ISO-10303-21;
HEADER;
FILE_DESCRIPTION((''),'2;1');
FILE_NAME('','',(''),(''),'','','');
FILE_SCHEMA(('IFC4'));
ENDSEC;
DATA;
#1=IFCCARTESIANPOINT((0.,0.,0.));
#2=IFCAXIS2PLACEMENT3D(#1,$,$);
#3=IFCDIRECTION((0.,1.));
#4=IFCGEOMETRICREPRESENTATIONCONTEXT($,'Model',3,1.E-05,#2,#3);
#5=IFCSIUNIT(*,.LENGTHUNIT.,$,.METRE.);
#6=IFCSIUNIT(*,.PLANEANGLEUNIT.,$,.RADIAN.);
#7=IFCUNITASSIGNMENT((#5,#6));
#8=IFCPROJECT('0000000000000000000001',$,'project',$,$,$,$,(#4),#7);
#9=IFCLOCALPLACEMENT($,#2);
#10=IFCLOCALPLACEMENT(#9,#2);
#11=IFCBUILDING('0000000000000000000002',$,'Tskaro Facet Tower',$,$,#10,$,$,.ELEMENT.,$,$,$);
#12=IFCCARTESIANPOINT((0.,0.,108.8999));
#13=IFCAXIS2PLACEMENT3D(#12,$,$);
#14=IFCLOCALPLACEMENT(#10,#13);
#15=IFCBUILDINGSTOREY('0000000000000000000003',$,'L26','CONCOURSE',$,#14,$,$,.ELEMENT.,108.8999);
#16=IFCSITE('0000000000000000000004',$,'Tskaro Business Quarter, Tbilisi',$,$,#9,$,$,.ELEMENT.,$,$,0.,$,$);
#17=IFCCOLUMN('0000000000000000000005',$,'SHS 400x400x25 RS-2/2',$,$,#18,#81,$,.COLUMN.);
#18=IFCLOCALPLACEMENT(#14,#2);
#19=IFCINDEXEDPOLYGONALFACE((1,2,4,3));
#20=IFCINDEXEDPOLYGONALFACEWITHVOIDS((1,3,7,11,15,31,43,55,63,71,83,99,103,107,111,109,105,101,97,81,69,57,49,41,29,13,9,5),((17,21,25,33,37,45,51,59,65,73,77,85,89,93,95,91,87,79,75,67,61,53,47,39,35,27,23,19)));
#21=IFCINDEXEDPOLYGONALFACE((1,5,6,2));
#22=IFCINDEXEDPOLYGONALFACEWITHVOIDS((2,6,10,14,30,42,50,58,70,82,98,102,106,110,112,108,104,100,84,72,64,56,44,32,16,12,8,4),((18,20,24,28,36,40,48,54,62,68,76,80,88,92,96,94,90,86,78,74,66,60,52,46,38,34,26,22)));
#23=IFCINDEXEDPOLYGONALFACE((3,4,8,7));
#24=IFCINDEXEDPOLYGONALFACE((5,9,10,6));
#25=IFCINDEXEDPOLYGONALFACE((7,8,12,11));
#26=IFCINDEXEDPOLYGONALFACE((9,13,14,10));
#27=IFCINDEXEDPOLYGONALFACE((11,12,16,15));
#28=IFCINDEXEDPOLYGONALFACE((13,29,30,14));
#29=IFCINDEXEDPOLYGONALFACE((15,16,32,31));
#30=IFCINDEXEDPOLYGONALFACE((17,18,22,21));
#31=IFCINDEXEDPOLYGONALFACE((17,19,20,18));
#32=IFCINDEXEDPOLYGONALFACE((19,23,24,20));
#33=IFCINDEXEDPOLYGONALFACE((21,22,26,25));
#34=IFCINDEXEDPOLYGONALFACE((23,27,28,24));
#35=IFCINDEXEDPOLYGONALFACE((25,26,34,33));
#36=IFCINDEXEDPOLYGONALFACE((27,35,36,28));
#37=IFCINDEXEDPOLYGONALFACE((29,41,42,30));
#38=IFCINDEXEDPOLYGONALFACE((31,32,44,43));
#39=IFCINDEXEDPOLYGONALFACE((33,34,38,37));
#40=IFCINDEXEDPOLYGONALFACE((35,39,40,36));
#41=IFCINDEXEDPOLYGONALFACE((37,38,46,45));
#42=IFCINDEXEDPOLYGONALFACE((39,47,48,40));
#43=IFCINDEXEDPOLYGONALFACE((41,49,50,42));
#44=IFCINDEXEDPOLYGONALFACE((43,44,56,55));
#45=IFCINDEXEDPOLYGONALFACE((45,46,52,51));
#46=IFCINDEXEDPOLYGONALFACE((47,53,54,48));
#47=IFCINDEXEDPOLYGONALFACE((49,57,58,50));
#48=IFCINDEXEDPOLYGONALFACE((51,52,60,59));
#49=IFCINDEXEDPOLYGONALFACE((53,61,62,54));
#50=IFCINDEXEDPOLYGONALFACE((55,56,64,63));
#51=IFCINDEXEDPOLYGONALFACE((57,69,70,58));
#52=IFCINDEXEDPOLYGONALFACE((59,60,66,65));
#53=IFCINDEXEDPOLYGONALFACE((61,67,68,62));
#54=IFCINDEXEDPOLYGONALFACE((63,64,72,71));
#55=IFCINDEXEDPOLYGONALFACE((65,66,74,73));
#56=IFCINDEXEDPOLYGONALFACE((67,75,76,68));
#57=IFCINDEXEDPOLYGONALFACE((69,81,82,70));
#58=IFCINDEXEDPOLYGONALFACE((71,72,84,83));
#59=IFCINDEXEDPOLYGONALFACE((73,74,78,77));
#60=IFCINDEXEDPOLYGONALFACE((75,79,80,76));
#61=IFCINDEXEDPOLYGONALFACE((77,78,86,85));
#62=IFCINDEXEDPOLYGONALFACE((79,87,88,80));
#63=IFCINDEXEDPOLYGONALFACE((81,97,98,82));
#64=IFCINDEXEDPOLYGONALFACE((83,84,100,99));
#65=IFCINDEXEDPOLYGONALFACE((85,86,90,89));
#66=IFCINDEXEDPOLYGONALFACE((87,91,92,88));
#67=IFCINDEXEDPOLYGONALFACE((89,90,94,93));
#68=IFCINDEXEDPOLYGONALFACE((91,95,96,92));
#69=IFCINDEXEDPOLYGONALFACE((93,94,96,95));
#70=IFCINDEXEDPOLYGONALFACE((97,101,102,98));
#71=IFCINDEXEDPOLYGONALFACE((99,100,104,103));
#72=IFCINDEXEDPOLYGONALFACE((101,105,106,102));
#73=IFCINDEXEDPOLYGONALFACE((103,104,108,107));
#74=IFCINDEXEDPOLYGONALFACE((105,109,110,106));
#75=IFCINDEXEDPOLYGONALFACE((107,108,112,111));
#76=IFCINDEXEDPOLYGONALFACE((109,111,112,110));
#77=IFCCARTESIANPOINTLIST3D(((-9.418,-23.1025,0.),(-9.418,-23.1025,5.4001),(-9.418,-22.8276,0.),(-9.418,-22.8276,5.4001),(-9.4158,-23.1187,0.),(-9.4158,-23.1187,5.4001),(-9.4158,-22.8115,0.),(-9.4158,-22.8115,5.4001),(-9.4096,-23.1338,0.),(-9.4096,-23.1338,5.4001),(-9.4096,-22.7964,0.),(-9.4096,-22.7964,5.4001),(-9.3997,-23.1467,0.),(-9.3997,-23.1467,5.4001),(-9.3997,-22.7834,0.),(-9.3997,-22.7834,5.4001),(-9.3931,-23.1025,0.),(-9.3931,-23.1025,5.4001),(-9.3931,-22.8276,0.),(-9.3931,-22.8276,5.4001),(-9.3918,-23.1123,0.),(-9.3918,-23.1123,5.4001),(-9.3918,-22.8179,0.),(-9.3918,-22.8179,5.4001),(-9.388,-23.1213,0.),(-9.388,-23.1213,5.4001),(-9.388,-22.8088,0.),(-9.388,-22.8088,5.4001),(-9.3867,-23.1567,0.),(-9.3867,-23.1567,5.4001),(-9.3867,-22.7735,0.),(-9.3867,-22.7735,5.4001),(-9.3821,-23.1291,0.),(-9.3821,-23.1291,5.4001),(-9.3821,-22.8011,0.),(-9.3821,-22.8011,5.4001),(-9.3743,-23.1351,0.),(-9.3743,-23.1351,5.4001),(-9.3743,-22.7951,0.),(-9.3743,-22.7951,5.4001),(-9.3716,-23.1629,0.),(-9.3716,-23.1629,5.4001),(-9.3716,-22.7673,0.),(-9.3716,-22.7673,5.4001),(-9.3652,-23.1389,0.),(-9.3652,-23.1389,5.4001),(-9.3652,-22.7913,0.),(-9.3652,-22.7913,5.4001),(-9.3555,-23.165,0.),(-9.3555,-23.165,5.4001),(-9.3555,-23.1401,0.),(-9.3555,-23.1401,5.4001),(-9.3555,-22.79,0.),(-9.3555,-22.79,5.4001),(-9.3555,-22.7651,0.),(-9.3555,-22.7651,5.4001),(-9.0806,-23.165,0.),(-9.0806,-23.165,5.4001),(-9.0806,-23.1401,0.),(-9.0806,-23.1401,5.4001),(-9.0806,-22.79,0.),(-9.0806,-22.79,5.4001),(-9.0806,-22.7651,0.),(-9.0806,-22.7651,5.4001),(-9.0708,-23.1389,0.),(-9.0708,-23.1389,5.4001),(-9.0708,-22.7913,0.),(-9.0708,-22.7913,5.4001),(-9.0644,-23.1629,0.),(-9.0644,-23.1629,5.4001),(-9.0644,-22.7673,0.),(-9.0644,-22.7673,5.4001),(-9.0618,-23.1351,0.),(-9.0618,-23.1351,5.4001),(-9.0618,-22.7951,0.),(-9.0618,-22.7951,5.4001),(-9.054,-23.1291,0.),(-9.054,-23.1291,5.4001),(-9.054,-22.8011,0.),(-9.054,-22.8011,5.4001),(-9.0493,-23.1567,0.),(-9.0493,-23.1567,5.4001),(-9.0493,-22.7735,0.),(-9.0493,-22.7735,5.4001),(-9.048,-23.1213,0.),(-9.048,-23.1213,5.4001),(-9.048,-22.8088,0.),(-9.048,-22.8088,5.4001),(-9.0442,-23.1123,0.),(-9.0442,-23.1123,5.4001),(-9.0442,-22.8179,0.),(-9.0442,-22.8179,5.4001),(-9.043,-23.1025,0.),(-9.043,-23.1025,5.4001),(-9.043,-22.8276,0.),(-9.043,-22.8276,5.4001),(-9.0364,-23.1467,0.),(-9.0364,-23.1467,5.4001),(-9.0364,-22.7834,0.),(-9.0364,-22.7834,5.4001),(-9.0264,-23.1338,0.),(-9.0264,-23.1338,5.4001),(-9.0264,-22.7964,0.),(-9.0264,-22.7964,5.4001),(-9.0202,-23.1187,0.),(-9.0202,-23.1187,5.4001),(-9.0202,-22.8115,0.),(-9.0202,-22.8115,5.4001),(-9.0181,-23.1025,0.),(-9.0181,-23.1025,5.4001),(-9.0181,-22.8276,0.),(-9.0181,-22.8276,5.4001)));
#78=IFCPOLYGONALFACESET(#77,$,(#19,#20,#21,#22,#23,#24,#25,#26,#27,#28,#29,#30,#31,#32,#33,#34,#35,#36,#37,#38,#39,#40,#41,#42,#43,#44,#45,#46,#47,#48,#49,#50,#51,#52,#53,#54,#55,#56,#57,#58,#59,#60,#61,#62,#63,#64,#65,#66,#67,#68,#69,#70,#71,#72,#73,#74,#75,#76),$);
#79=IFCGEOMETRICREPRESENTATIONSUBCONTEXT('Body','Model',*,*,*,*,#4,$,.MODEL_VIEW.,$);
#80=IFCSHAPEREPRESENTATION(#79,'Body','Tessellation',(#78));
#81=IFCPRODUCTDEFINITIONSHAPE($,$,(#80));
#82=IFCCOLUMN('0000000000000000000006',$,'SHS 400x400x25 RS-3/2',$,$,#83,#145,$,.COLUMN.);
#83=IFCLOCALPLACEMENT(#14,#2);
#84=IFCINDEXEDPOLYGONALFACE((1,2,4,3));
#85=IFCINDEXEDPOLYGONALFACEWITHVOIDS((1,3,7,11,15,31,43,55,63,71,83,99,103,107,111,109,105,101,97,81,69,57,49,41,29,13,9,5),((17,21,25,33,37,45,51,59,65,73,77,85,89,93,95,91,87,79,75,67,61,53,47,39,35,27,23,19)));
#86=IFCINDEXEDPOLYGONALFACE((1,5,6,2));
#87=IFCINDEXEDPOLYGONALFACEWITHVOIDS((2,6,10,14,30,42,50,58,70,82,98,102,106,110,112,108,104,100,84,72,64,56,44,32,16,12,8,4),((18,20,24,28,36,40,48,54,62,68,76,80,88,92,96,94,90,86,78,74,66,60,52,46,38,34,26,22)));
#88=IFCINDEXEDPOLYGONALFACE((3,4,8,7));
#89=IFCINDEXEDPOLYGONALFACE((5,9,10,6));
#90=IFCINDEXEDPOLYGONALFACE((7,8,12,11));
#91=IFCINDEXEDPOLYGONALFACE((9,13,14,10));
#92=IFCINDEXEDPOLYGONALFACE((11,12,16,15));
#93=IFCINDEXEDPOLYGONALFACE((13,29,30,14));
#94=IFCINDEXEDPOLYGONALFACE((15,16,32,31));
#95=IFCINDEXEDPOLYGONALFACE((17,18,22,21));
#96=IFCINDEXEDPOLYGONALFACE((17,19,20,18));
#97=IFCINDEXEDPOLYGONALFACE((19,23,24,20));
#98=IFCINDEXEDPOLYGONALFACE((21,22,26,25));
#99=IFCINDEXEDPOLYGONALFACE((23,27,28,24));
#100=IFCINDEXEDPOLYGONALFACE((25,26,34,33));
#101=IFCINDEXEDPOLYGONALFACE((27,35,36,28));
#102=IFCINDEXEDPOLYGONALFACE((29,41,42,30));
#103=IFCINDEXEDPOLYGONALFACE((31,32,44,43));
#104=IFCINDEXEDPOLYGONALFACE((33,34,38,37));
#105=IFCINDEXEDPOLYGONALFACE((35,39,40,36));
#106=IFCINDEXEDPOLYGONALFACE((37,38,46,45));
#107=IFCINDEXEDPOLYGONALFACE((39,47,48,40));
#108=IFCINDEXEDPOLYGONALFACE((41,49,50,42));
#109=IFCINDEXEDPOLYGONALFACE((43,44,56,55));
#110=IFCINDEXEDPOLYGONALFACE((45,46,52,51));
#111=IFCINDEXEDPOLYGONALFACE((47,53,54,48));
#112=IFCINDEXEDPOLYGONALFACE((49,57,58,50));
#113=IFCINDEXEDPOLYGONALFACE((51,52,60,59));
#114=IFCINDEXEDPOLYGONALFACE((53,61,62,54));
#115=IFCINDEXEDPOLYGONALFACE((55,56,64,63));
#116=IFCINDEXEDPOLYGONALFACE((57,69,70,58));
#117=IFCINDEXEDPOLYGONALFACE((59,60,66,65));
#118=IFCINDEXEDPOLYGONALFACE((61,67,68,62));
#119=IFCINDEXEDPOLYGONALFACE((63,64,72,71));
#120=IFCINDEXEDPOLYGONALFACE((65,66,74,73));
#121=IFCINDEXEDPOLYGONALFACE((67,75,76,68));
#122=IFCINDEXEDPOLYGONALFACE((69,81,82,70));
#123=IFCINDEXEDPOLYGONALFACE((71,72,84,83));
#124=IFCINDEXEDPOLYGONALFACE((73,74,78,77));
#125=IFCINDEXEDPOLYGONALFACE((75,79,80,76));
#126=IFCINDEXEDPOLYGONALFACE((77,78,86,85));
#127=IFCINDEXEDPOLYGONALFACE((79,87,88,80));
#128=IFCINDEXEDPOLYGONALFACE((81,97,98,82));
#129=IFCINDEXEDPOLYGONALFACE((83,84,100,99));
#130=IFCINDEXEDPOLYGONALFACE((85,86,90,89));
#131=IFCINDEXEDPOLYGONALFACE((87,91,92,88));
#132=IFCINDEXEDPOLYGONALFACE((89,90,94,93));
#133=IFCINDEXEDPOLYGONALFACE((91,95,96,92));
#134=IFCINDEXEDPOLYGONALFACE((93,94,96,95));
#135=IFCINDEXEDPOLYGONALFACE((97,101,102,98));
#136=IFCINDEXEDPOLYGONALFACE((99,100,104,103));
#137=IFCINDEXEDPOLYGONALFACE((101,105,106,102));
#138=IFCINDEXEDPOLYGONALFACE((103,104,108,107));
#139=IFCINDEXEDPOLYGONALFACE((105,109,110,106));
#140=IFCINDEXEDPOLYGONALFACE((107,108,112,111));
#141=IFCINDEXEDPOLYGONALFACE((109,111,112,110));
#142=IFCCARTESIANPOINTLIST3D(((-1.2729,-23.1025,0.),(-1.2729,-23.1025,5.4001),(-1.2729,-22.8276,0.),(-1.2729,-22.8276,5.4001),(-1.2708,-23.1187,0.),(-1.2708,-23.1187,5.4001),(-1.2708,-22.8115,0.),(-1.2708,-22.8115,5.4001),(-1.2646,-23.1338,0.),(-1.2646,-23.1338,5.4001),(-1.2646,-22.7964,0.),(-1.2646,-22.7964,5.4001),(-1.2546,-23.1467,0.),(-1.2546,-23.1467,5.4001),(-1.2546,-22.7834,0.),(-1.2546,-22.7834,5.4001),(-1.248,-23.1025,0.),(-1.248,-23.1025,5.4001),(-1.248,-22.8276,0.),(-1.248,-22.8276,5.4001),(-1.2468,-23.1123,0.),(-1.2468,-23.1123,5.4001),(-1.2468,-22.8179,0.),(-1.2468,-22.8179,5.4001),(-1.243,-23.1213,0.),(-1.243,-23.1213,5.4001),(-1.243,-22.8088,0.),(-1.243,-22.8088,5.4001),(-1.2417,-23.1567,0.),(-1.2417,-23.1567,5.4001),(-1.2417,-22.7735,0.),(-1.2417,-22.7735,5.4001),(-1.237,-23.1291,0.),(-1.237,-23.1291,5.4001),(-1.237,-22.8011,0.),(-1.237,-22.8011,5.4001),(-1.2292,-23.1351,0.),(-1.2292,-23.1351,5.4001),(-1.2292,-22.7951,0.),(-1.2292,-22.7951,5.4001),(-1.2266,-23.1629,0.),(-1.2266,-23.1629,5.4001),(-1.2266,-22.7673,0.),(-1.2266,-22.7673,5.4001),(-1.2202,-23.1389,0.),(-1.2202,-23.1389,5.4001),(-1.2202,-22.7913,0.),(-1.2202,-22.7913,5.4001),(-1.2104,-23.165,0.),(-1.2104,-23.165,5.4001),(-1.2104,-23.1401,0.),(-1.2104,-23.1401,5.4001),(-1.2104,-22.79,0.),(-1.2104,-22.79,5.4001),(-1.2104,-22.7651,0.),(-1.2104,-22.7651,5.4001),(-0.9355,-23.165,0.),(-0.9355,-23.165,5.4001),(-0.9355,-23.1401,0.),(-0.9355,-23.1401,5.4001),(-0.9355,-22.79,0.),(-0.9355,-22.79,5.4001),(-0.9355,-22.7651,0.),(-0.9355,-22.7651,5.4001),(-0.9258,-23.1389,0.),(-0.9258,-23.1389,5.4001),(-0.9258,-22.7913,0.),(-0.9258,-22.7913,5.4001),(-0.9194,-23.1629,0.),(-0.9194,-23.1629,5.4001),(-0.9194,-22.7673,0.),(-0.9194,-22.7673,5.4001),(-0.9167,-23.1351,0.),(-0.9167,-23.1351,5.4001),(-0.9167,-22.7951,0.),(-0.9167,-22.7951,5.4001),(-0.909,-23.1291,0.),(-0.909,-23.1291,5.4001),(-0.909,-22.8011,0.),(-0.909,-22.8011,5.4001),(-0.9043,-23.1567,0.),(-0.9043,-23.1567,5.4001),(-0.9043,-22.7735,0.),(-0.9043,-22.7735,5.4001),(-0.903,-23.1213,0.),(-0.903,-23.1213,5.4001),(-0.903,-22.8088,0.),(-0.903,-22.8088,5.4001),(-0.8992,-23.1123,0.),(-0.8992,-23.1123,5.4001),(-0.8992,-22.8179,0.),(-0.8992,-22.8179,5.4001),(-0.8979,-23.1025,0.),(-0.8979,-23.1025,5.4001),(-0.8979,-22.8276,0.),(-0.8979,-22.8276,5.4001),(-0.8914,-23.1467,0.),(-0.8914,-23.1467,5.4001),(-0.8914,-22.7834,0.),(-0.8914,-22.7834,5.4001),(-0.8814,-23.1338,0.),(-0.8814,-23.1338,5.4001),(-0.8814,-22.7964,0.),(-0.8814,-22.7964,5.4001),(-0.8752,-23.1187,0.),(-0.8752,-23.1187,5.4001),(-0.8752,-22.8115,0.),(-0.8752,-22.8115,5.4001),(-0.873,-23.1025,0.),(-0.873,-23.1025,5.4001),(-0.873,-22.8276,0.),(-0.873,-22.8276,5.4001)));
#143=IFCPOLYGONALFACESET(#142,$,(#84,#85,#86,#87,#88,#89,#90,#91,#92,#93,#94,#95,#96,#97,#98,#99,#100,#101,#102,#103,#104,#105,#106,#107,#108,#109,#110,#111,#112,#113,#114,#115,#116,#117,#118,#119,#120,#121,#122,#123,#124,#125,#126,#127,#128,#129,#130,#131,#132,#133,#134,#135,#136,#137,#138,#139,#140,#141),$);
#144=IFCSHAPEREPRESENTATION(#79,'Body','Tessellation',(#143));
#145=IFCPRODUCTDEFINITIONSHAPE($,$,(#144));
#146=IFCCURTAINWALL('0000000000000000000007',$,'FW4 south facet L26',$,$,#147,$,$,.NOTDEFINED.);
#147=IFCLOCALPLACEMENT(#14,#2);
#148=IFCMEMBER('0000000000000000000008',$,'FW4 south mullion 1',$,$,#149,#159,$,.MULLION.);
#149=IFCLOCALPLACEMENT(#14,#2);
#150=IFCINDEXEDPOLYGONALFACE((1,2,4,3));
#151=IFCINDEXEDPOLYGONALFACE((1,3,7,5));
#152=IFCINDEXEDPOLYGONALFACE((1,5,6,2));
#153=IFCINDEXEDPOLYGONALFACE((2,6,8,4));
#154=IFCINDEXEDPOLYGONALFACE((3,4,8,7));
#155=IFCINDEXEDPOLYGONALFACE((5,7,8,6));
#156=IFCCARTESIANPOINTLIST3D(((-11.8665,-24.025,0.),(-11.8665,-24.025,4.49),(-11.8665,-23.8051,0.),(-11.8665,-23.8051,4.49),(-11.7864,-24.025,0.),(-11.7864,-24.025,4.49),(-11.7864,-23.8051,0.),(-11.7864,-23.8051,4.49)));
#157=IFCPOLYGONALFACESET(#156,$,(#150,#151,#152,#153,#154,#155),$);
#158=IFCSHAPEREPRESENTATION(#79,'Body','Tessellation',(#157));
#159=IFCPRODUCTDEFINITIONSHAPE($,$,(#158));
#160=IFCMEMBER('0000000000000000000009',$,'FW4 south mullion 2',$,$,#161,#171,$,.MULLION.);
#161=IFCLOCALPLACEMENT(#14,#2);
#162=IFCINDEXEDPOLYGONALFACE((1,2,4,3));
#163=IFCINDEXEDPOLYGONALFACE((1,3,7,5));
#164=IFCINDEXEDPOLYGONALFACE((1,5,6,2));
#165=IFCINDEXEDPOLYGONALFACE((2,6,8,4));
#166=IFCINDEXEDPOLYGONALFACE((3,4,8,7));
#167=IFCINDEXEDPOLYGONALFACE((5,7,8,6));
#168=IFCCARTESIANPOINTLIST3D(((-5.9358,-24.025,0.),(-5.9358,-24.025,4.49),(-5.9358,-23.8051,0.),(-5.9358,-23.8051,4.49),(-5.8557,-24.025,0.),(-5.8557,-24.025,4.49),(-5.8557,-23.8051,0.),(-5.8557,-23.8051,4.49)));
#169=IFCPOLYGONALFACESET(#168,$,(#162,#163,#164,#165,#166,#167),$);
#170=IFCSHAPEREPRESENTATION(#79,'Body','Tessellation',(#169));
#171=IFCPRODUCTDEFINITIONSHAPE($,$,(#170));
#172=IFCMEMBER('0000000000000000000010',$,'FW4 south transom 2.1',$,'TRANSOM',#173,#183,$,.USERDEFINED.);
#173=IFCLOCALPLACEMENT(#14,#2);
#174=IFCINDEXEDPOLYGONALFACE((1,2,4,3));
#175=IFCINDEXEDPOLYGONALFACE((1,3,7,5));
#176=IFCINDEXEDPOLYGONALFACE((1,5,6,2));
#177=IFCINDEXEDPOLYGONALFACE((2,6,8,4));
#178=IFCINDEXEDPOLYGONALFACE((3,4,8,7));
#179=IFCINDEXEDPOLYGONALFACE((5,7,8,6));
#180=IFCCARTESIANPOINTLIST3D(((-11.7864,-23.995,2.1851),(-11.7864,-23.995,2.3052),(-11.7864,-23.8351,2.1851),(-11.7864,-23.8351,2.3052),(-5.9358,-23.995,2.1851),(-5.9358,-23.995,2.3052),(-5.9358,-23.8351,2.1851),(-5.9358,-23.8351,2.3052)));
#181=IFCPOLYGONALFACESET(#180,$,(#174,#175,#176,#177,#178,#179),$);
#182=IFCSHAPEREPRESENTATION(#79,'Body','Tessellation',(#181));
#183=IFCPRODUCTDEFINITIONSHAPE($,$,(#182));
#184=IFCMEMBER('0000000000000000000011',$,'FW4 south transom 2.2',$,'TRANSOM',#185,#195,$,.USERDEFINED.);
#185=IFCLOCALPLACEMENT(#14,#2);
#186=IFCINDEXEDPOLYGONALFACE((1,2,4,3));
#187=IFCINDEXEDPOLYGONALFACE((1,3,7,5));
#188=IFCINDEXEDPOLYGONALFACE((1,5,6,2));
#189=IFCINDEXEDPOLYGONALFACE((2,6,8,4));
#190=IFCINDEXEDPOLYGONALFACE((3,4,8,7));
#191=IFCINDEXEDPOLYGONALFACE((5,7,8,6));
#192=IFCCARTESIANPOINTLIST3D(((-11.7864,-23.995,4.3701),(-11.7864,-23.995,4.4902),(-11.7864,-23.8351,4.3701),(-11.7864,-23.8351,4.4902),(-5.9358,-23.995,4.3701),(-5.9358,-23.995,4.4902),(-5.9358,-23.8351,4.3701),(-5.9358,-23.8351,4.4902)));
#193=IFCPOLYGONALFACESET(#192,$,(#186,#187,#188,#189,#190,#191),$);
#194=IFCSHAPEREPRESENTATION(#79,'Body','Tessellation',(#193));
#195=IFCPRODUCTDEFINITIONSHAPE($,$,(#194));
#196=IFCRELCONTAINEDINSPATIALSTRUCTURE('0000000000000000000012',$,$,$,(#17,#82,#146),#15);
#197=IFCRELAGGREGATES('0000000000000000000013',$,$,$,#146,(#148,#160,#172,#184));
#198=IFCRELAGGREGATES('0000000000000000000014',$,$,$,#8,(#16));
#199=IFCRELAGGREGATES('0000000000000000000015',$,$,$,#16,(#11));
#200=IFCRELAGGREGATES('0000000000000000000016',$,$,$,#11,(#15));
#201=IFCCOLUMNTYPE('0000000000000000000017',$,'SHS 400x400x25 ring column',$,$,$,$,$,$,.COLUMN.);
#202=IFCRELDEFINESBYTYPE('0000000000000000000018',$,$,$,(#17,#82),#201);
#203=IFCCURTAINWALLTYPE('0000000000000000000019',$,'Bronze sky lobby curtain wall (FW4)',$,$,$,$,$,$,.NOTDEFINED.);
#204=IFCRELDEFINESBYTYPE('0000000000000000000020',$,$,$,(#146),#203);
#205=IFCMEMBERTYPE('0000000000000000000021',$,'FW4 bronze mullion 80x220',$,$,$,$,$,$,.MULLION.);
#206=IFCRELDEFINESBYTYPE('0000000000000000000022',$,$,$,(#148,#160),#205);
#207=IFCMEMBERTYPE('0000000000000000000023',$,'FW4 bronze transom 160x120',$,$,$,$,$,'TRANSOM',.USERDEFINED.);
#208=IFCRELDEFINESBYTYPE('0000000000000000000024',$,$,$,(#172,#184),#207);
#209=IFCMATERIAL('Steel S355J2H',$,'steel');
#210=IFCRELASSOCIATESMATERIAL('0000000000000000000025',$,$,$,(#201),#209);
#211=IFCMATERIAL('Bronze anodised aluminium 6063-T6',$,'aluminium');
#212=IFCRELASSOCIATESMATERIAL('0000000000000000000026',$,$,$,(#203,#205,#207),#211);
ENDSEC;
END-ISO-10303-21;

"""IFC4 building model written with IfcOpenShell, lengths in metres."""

from ifc_helpers import new_model, si_unit, direction, frame, origin, origin_2d, place, context, subcontext, project, spatial, rectangle, hollow_rectangle, extrude, material, material_profile, profile_set, type_object, element, aggregate, save


model = new_model("IFC4")

# Units and contexts
model_context = context("Model", 3, precision=1e-05, world=origin(), true_north=direction((0.0, 1.0)))
body_context = subcontext(model_context, "Body", "Model", "MODEL_VIEW")
ifc_project = project(units=[si_unit("LENGTHUNIT", "METRE"), si_unit("PLANEANGLEUNIT", "RADIAN")], contexts=[model_context])

# Site, building, storey
site_placement = place(None, origin())
site = spatial("IfcSite", under=ifc_project, at=site_placement, Name="Tskaro Business Quarter, Tbilisi", CompositionType="ELEMENT", RefElevation=0.0)
building_placement = place(site_placement, origin())
building = spatial("IfcBuilding", under=site, at=building_placement, Name="Tskaro Facet Tower", CompositionType="ELEMENT")
storey_placement = place(building_placement, frame((0.0, 0.0, 108.8999)))
storey = spatial("IfcBuildingStorey", under=building, at=storey_placement, Name="L26", Description="CONCOURSE", CompositionType="ELEMENT", Elevation=108.8999)

# Columns
ifc_material_1 = material(Name="Steel S355J2H", Category="steel")
ifc_material_profile_1 = material_profile(ifc_material_1, hollow_rectangle(XDim=0.3999, YDim=0.3999, WallThickness=0.0249, InnerFilletRadius=0.0376, OuterFilletRadius=0.0625, at=origin_2d()), Name="SHS 400x400x25")
ifc_profile_set_1 = profile_set([ifc_material_profile_1], Name="Steel S355J2H")
column_type_1 = type_object("IfcColumnType", Name="SHS 400x400x25 ring column", PredefinedType="COLUMN", material=ifc_profile_set_1)
for number, where, z_axis, x_axis, name in (
    (1, (-9.218, -22.9651, 0.0), (0.0, 0.0, 1.0), (1.0, 0.0, 0.0), "SHS 400x400x25 RS-2/2"),
    (2, (-1.073, -22.9651, 0.0), (0.0, 0.0, 1.0), (1.0, 0.0, 0.0), "SHS 400x400x25 RS-3/2"),
):
    element("IfcColumn", number, at=place(storey_placement, frame(where, z_axis=z_axis, x_axis=x_axis)), inside=storey, type_object=column_type_1, Name=name, PredefinedType="COLUMN", context=body_context, shape_type="SweptSolid", body=[
        extrude(hollow_rectangle(XDim=0.3999, YDim=0.3999, WallThickness=0.0249, InnerFilletRadius=0.0376, OuterFilletRadius=0.0625, at=origin_2d()), origin(), (0.0, 0.0, 1.0), 5.4001),
    ])

# Curtain wall, members
ifc_material_2 = material(Name="Bronze anodised aluminium 6063-T6", Category="aluminium")
curtain_wall_type = type_object("IfcCurtainWallType", Name="Bronze sky lobby curtain wall (FW4)", PredefinedType="NOTDEFINED", material=ifc_material_2)
curtain_wall_placement = place(storey_placement, origin())
curtain_wall = element("IfcCurtainWall", 3, at=curtain_wall_placement, inside=storey, type_object=curtain_wall_type, Name="FW4 south facet L26", PredefinedType="NOTDEFINED")
ifc_material_profile_2 = material_profile(ifc_material_2, rectangle(XDim=0.0801, YDim=0.22, at=origin_2d()), Name="Mullion 80x220")
ifc_profile_set_2 = profile_set([ifc_material_profile_2], Name="Bronze anodised aluminium 6063-T6")
member_type_1 = type_object("IfcMemberType", Name="FW4 bronze mullion 80x220", PredefinedType="MULLION", material=ifc_profile_set_2)
member_1_placement = place(storey_placement, frame((-11.8264, -23.915, 0.0), z_axis=(0.0, 0.0, 1.0), x_axis=(1.0, 0.0, 0.0)))
member_1 = element("IfcMember", 4, at=member_1_placement, type_object=member_type_1, Name="FW4 south mullion 1", PredefinedType="MULLION", context=body_context, shape_type="SweptSolid", body=[
    extrude(rectangle(XDim=0.0801, YDim=0.22, at=origin_2d()), origin(), (0.0, 0.0, 1.0), 4.49),
])
member_2_placement = place(storey_placement, frame((-5.8958, -23.915, 0.0), z_axis=(0.0, 0.0, 1.0), x_axis=(1.0, 0.0, 0.0)))
member_2 = element("IfcMember", 5, at=member_2_placement, type_object=member_type_1, Name="FW4 south mullion 2", PredefinedType="MULLION", context=body_context, shape_type="SweptSolid", body=[
    extrude(rectangle(XDim=0.0801, YDim=0.22, at=origin_2d()), origin(), (0.0, 0.0, 1.0), 4.49),
])
ifc_material_profile_3 = material_profile(ifc_material_2, rectangle(XDim=0.1599, YDim=0.1201, at=origin_2d()), Name="Transom 160x120")
ifc_profile_set_3 = profile_set([ifc_material_profile_3], Name="Bronze anodised aluminium 6063-T6")
member_type_2 = type_object("IfcMemberType", Name="FW4 bronze transom 160x120", ElementType="TRANSOM", PredefinedType="USERDEFINED", material=ifc_profile_set_3)
member_3_placement = place(storey_placement, frame((-11.7864, -23.915, 2.2451), z_axis=(1.0, 0.0, 0.0), x_axis=(0.0, 1.0, 0.0)))
member_3 = element("IfcMember", 6, at=member_3_placement, type_object=member_type_2, Name="FW4 south transom 2.1", ObjectType="TRANSOM", PredefinedType="USERDEFINED", context=body_context, shape_type="SweptSolid", body=[
    extrude(rectangle(XDim=0.1599, YDim=0.1201, at=origin_2d()), origin(), (0.0, 0.0, 1.0), 5.8506),
])
member_4_placement = place(storey_placement, frame((-11.7864, -23.915, 4.4302), z_axis=(1.0, 0.0, 0.0), x_axis=(0.0, 1.0, 0.0)))
member_4 = element("IfcMember", 7, at=member_4_placement, type_object=member_type_2, Name="FW4 south transom 2.2", ObjectType="TRANSOM", PredefinedType="USERDEFINED", context=body_context, shape_type="SweptSolid", body=[
    extrude(rectangle(XDim=0.1599, YDim=0.1201, at=origin_2d()), origin(), (0.0, 0.0, 1.0), 5.8506),
])

aggregate(curtain_wall, [member_1, member_2, member_3, member_4])

save(model, "model.ifc")
